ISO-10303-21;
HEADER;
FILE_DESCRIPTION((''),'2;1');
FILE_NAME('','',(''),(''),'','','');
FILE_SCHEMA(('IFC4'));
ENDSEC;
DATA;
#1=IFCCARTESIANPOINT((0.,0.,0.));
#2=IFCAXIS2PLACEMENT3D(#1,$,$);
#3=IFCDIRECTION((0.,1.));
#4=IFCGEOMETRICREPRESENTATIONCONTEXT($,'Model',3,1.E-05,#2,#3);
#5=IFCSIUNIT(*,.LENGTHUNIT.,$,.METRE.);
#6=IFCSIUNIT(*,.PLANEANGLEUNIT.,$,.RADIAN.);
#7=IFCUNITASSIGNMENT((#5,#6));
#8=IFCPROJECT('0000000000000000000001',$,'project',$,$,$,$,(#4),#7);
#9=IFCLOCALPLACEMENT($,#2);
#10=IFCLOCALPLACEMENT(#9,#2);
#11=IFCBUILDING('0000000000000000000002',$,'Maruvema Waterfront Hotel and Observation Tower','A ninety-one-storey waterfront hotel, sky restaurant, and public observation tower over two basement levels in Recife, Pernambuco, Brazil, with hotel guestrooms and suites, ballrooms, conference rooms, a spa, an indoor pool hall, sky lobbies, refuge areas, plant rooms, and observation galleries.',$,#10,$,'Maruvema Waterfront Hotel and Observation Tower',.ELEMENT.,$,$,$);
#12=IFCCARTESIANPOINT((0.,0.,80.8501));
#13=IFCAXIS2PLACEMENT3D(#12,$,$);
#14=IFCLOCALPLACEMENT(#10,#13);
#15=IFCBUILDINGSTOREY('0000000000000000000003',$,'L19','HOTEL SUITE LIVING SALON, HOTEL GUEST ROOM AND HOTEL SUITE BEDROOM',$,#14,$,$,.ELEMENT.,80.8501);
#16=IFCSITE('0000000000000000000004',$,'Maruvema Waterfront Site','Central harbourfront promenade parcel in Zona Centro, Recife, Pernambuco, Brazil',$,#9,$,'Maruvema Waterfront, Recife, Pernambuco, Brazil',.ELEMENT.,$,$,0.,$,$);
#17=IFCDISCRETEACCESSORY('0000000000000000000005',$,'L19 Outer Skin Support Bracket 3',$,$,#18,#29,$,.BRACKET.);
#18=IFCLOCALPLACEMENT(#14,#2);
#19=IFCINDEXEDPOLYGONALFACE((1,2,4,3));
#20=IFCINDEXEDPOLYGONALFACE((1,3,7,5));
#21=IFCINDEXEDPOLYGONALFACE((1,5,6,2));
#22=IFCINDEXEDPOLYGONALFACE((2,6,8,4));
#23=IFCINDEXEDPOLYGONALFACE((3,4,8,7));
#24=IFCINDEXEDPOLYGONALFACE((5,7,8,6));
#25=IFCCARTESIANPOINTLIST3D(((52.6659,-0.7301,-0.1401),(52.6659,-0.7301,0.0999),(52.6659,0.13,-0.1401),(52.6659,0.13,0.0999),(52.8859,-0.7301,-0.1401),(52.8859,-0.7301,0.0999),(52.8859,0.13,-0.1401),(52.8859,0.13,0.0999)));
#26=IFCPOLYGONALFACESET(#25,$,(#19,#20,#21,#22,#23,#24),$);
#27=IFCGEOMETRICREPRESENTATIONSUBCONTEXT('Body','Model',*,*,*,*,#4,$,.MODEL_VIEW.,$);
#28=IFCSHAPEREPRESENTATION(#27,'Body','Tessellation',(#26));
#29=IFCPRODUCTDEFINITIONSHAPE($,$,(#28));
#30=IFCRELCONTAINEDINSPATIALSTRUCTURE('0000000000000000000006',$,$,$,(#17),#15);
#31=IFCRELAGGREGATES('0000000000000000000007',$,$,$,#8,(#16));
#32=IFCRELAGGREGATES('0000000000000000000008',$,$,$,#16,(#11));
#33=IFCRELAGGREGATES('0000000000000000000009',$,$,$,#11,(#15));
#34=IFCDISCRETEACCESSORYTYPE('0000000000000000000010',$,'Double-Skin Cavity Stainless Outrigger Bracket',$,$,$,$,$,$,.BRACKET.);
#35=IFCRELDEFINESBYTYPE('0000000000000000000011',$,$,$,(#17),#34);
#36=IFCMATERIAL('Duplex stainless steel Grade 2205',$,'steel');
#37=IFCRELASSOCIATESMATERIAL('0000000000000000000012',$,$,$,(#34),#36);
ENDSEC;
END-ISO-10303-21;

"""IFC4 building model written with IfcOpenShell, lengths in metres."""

from ifc_helpers import new_model, si_unit, direction, frame, origin, origin_2d, place, context, subcontext, project, spatial, rectangle, extrude, material, type_object, element, save


model = new_model("IFC4")

# Units and contexts
model_context = context("Model", 3, precision=1e-05, world=origin(), true_north=direction((0.0, 1.0)))
body_context = subcontext(model_context, "Body", "Model", "MODEL_VIEW")
ifc_project = project(units=[si_unit("LENGTHUNIT", "METRE"), si_unit("PLANEANGLEUNIT", "RADIAN")], contexts=[model_context])

# Site, building, storey
site_placement = place(None, origin())
site = spatial("IfcSite", under=ifc_project, at=site_placement, Name="Maruvema Waterfront Site", Description="Central harbourfront promenade parcel in Zona Centro, Recife, Pernambuco, Brazil", LongName="Maruvema Waterfront, Recife, Pernambuco, Brazil", CompositionType="ELEMENT", RefElevation=0.0)
building_placement = place(site_placement, origin())
building = spatial("IfcBuilding", under=site, at=building_placement, Name="Maruvema Waterfront Hotel and Observation Tower", Description="A ninety-one-storey waterfront hotel, sky restaurant, and public observation tower over two basement levels in Recife, Pernambuco, Brazil, with hotel guestrooms and suites, ballrooms, conference rooms, a spa, an indoor pool hall, sky lobbies, refuge areas, plant rooms, and observation galleries.", LongName="Maruvema Waterfront Hotel and Observation Tower", CompositionType="ELEMENT")
storey_placement = place(building_placement, frame((0.0, 0.0, 80.8501)))
storey = spatial("IfcBuildingStorey", under=building, at=storey_placement, Name="L19", Description="HOTEL SUITE LIVING SALON, HOTEL GUEST ROOM AND HOTEL SUITE BEDROOM", CompositionType="ELEMENT", Elevation=80.8501)

# Discrete accessory
ifc_material_1 = material(Name="Duplex stainless steel Grade 2205", Category="steel")
discrete_accessory_type = type_object("IfcDiscreteAccessoryType", Name="Double-Skin Cavity Stainless Outrigger Bracket", PredefinedType="BRACKET", material=ifc_material_1)
for number, where, z_axis, x_axis, name in (
    (1, (52.7759, -0.3, -0.1401), (0.0, 0.0, 1.0), (1.0, 0.0, 0.0), "L19 Outer Skin Support Bracket 3"),
):
    element("IfcDiscreteAccessory", number, at=place(storey_placement, frame(where, z_axis=z_axis, x_axis=x_axis)), inside=storey, type_object=discrete_accessory_type, Name=name, PredefinedType="BRACKET", context=body_context, shape_type="SweptSolid", body=[
        extrude(rectangle(XDim=0.22, YDim=0.8601, at=origin_2d()), origin(), (0.0, 0.0, 1.0), 0.24),
    ])

save(model, "model.ifc")
